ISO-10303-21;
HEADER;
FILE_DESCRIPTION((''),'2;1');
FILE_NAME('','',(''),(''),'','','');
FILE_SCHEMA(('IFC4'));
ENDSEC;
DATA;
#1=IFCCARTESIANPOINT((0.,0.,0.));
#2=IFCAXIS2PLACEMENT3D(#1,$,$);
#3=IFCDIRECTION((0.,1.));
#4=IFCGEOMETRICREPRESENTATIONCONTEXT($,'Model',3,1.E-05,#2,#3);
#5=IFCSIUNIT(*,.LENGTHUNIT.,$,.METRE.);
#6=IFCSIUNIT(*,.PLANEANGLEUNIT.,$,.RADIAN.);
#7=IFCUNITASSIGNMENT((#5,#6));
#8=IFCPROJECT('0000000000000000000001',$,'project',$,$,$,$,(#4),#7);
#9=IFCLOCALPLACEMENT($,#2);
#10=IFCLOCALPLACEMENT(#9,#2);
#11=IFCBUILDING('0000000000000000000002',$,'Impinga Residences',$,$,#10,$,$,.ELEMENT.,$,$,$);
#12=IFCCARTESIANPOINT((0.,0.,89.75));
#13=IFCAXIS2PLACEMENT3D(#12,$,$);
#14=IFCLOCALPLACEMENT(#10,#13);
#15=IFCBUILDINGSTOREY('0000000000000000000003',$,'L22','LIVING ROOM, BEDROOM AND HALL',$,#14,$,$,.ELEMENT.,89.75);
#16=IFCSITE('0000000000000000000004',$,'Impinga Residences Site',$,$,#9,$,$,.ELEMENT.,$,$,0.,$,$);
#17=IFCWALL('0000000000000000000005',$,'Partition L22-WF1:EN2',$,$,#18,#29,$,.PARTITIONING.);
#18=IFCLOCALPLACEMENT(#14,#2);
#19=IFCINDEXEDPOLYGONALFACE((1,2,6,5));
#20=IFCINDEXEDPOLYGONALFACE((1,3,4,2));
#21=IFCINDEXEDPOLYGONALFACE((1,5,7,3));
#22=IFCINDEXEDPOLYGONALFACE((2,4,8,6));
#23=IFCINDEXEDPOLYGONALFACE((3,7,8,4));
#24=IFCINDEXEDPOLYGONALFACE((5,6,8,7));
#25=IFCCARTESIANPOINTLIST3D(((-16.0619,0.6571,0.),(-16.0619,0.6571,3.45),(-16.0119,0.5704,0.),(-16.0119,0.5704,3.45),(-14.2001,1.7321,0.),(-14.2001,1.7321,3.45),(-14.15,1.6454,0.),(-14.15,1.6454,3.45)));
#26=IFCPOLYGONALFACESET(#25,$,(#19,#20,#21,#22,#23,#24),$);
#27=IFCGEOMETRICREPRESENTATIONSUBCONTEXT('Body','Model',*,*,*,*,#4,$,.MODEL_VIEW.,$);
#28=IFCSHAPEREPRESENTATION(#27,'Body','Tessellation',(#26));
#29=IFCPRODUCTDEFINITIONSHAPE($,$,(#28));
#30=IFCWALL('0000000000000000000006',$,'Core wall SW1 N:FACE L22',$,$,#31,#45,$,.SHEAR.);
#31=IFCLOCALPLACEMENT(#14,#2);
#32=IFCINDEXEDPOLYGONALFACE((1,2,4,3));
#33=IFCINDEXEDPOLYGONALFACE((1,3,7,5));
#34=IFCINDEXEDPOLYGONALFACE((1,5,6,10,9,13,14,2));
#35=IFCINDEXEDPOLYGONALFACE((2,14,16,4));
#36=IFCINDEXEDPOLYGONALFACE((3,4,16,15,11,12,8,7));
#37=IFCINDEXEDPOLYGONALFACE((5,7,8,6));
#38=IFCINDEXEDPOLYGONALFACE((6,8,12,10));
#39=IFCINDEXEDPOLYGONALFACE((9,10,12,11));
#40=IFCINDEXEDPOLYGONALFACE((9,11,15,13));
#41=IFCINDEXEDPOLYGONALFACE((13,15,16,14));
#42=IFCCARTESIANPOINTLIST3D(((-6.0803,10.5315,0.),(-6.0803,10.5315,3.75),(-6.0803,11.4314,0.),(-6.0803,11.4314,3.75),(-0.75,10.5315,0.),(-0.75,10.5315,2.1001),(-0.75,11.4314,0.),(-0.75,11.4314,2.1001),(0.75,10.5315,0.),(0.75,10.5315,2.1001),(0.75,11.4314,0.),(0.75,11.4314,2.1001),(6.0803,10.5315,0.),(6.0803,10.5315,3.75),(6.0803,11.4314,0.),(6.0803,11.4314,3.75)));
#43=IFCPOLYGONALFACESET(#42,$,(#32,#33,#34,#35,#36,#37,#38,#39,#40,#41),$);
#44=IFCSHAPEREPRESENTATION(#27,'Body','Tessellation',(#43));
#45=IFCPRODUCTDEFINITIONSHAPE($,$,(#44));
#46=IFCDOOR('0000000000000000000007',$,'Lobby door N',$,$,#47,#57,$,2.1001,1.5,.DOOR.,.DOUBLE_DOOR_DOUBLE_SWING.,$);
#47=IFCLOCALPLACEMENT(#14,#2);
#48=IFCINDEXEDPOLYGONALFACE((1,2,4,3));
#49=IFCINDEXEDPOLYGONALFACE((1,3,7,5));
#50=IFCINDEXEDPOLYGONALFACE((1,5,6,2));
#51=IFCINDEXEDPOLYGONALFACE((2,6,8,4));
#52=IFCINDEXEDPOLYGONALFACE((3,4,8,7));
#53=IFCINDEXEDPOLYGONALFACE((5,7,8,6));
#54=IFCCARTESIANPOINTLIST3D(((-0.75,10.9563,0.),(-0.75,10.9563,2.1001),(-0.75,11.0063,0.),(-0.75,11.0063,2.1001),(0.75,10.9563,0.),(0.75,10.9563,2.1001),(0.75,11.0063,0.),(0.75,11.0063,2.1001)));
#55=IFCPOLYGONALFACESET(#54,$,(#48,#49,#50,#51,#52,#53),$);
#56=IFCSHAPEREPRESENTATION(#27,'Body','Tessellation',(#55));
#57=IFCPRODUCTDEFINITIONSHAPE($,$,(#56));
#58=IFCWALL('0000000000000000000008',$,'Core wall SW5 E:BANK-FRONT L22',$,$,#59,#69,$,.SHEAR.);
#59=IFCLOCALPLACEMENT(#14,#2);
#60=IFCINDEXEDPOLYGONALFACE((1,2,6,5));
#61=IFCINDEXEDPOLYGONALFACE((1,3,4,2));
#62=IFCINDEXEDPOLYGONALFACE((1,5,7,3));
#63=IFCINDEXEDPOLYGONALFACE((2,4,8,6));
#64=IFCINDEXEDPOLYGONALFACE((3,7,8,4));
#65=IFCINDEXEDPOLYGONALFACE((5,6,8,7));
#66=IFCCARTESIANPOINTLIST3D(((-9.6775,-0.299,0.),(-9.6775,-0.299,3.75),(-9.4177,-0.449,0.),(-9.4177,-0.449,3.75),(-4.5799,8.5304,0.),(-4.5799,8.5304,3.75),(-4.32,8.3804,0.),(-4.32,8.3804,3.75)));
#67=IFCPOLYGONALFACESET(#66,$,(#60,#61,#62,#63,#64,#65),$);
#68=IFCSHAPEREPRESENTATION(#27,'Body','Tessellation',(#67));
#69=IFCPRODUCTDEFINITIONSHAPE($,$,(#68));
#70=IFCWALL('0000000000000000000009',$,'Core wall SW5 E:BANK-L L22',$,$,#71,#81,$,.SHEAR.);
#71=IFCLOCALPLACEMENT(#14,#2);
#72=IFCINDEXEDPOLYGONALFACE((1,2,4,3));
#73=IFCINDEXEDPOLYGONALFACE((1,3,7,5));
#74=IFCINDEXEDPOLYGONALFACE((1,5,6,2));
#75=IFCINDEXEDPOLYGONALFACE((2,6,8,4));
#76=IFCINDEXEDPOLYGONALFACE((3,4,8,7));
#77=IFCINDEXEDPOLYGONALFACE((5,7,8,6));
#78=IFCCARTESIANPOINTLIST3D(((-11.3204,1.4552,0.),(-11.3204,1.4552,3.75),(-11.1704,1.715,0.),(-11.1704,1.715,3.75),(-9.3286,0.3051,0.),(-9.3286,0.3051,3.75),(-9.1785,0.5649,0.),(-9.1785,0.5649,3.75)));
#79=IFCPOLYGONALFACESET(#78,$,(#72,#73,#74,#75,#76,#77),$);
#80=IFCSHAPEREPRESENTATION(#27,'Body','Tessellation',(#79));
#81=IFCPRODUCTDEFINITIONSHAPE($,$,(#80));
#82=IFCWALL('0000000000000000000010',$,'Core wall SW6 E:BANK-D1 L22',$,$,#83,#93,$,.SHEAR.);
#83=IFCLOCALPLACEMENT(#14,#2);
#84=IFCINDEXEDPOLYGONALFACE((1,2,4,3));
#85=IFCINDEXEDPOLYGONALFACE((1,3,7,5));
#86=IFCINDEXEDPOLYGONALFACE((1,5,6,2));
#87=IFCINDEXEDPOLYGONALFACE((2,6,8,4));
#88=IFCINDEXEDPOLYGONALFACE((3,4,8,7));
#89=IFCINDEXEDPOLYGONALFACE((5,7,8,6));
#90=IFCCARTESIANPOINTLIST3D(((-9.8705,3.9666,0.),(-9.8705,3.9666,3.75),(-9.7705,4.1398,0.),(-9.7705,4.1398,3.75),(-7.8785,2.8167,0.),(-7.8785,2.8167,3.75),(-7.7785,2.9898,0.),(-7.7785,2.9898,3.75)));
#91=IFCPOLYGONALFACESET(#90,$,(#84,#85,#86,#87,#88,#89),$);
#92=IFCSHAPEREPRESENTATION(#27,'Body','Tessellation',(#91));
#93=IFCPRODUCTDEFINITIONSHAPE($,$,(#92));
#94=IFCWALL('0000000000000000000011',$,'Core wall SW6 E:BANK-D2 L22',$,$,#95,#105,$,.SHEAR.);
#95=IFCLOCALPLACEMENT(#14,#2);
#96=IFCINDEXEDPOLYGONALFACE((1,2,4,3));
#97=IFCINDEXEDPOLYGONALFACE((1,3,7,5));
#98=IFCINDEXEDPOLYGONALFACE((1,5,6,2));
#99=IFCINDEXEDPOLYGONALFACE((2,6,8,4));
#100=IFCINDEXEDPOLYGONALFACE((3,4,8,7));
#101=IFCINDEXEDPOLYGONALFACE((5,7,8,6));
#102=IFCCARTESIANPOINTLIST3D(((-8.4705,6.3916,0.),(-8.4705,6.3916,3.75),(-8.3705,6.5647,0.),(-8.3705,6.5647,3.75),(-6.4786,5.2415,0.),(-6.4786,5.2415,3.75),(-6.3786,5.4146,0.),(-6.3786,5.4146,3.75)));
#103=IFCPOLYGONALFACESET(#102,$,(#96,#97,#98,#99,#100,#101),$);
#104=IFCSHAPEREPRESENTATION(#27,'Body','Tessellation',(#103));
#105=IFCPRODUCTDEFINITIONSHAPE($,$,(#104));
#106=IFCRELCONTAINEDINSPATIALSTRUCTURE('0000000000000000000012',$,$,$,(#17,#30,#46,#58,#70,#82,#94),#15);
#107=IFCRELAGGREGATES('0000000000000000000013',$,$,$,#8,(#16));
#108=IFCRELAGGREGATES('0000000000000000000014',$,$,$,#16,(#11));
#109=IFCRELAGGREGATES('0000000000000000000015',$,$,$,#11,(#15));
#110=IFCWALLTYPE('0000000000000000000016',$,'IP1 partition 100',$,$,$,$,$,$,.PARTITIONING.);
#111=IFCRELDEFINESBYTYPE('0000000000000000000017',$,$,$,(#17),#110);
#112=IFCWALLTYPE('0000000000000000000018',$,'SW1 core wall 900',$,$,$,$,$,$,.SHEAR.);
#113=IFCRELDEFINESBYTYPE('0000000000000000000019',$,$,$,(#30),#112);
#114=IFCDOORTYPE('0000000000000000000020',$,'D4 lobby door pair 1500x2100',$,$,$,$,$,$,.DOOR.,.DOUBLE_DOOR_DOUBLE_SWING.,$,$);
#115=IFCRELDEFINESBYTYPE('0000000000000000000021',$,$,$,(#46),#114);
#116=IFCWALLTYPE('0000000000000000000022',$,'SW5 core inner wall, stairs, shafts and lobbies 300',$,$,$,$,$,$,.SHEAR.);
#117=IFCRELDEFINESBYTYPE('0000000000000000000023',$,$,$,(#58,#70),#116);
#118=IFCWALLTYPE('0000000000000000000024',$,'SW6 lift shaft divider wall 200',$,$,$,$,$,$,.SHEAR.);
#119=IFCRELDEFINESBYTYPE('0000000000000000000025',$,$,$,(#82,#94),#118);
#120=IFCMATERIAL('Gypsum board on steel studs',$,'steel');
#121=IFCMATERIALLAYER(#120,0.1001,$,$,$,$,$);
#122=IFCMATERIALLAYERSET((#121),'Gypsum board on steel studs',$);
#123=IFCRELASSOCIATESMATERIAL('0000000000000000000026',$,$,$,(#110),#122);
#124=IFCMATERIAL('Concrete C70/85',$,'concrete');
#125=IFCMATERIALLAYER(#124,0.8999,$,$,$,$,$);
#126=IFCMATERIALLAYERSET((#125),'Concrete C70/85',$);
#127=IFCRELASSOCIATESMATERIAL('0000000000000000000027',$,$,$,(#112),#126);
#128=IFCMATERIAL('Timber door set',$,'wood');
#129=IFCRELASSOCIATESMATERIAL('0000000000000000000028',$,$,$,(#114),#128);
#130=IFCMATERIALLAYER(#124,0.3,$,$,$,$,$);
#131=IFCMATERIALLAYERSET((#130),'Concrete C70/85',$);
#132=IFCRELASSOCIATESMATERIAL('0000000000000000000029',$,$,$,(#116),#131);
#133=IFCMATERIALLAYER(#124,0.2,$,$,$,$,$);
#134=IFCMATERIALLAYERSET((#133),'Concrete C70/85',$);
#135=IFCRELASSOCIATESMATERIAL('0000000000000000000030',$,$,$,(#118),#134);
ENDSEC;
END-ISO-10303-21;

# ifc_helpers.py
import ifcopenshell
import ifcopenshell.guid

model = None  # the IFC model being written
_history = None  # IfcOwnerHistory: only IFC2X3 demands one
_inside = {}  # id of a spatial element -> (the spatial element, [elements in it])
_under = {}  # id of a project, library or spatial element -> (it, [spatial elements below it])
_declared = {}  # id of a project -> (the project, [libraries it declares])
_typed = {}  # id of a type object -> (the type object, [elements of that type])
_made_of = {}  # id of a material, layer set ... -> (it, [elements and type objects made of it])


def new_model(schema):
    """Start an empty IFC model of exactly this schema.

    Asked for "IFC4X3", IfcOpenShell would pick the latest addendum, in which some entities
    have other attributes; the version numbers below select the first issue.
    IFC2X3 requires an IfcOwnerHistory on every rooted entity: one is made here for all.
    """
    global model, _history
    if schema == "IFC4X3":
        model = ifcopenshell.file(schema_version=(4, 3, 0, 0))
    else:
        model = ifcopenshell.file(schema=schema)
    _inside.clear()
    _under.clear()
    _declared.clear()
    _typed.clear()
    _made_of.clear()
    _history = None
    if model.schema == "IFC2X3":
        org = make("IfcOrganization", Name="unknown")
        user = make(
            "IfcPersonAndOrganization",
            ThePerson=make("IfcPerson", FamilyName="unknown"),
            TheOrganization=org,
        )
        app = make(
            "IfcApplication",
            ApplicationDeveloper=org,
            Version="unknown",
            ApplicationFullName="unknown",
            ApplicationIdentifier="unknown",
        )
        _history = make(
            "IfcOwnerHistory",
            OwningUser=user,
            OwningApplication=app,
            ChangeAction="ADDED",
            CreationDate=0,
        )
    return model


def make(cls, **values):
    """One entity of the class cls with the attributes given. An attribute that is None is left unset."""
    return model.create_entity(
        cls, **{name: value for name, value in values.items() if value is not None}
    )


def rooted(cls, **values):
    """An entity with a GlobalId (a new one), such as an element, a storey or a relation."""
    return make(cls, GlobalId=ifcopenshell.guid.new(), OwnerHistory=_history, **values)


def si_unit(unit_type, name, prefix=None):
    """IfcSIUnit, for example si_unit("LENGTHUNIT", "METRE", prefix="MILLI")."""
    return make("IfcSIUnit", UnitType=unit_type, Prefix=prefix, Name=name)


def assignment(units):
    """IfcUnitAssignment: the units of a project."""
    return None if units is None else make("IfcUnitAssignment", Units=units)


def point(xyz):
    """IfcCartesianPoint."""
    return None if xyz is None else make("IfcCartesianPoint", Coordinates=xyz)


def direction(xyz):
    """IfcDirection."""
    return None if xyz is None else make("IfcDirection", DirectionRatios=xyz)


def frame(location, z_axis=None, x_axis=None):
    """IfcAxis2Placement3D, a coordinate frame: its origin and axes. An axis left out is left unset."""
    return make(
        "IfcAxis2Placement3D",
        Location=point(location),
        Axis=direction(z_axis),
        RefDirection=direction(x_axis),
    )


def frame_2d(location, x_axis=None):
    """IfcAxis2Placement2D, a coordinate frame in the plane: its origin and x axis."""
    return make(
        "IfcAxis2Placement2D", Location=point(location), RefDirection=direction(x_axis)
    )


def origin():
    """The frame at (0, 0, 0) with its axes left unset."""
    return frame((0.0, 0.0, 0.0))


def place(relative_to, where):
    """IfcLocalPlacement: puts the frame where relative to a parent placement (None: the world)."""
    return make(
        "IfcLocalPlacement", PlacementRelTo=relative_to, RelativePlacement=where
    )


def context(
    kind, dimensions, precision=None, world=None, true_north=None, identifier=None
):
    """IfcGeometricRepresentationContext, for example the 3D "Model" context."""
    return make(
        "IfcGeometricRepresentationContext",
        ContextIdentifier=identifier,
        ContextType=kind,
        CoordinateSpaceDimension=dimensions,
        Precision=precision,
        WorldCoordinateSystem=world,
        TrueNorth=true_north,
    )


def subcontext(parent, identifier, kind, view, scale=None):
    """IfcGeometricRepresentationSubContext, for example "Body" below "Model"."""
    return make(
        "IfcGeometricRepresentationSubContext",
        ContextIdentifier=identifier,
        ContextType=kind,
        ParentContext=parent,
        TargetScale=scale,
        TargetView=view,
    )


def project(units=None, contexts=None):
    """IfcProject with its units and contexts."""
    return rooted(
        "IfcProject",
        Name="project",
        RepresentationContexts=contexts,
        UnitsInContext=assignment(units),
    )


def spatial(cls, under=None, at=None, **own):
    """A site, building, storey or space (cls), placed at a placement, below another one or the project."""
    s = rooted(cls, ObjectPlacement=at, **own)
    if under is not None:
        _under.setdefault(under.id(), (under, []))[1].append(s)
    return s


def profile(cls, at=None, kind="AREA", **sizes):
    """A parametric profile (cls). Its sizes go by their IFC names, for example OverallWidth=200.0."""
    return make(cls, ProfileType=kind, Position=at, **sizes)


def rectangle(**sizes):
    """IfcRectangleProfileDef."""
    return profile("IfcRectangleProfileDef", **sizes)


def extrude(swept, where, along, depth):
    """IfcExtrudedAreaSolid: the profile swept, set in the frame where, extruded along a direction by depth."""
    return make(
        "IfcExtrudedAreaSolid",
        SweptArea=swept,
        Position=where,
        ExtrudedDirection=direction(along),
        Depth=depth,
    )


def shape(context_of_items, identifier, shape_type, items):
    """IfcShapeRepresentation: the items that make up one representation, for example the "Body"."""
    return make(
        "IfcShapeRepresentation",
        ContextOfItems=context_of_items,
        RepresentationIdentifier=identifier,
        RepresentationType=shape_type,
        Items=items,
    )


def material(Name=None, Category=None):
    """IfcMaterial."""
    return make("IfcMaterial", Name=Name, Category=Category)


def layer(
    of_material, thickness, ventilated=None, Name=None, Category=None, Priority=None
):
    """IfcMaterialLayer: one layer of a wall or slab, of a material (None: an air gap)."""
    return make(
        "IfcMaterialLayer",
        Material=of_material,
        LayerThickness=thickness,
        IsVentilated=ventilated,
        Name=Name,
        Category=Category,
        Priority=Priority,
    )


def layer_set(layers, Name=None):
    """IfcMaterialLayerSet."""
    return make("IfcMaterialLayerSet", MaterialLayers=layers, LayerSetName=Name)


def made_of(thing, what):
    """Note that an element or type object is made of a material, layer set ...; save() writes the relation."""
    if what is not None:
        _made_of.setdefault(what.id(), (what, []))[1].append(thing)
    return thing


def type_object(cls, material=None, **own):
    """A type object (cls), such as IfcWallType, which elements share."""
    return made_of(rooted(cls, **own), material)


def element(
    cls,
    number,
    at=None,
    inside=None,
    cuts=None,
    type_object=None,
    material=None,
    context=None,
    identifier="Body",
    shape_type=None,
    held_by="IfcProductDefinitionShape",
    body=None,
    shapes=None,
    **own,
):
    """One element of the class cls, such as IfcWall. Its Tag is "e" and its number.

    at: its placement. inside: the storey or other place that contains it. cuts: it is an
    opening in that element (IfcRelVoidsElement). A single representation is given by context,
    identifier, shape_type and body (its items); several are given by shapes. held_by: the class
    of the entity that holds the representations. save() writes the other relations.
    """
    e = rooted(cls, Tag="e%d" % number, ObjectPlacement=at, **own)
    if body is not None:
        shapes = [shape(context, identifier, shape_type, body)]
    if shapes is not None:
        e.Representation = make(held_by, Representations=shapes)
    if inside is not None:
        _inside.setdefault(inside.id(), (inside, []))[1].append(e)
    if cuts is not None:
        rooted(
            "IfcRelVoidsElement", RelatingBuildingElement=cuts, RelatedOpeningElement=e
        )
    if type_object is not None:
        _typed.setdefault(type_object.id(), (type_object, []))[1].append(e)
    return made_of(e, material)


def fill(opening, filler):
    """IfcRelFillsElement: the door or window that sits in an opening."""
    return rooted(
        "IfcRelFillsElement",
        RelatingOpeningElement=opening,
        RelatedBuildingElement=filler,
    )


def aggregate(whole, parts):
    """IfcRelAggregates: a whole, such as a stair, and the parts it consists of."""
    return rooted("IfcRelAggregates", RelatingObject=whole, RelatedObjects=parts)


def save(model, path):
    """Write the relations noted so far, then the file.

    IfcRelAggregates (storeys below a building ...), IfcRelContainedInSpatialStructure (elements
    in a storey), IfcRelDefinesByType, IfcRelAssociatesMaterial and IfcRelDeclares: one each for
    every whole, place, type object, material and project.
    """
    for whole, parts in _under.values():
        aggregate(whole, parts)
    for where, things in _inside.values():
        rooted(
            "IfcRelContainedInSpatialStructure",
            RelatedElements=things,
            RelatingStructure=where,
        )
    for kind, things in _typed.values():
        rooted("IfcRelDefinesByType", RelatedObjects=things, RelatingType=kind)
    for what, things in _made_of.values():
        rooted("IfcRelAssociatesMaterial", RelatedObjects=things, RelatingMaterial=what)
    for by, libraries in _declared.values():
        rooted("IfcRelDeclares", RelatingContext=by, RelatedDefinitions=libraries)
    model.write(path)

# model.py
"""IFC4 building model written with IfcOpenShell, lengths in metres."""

from ifc_helpers import new_model, si_unit, direction, frame, frame_2d, origin, place, context, subcontext, project, spatial, rectangle, extrude, material, layer, layer_set, type_object, element, fill, save


model = new_model("IFC4")

# Units and contexts
model_context = context("Model", 3, precision=1e-05, world=origin(), true_north=direction((0.0, 1.0)))
body_context = subcontext(model_context, "Body", "Model", "MODEL_VIEW")
ifc_project = project(units=[si_unit("LENGTHUNIT", "METRE"), si_unit("PLANEANGLEUNIT", "RADIAN")], contexts=[model_context])

# Site, building, storey
site_placement = place(None, origin())
site = spatial("IfcSite", under=ifc_project, at=site_placement, Name="Impinga Residences Site", CompositionType="ELEMENT", RefElevation=0.0)
building_placement = place(site_placement, origin())
building = spatial("IfcBuilding", under=site, at=building_placement, Name="Impinga Residences", CompositionType="ELEMENT")
storey_placement = place(building_placement, frame((0.0, 0.0, 89.75)))
storey = spatial("IfcBuildingStorey", under=building, at=storey_placement, Name="L22", Description="LIVING ROOM, BEDROOM AND HALL", CompositionType="ELEMENT", Elevation=89.75)

# Shared definitions
ifc_material_1 = material(Name="Concrete C70/85", Category="concrete")

# Shared definitions
ifc_material_2 = material(Name="Timber door set", Category="wood")

# Shared definitions
ifc_material_3 = material(Name="Gypsum board on steel studs", Category="steel")
ifc_layer_1 = layer(ifc_material_3, 0.1001)
ifc_layer_set_1 = layer_set([ifc_layer_1], Name="Gypsum board on steel studs")
wall_type_1 = type_object("IfcWallType", Name="IP1 partition 100", PredefinedType="PARTITIONING", material=ifc_layer_set_1)

# Wall
wall_1_placement = place(storey_placement, frame((-14.175, 1.6887, 0.0), z_axis=(0.0, 0.0, 1.0), x_axis=(-0.866019, -0.500011, 0.0)))
element("IfcWall", 1, at=wall_1_placement, inside=storey, type_object=wall_type_1, Name="Partition L22-WF1:EN2", PredefinedType="PARTITIONING", context=body_context, shape_type="SweptSolid", body=[
    extrude(rectangle(XDim=2.1499, YDim=0.1001, at=frame_2d((1.075, 0.0))), origin(), (0.0, 0.0, 1.0), 3.45),
])

# Wall, opening, door
ifc_layer_2 = layer(ifc_material_1, 0.8999)
ifc_layer_set_2 = layer_set([ifc_layer_2], Name="Concrete C70/85")
wall_type_2 = type_object("IfcWallType", Name="SW1 core wall 900", PredefinedType="SHEAR", material=ifc_layer_set_2)
wall_2_placement = place(storey_placement, frame((-6.0803, 10.9814, 0.0), z_axis=(0.0, 0.0, 1.0), x_axis=(1.0, 0.0, 0.0)))
wall_2 = element("IfcWall", 2, at=wall_2_placement, inside=storey, type_object=wall_type_2, Name="Core wall SW1 N:FACE L22", PredefinedType="SHEAR", context=body_context, shape_type="SweptSolid", body=[
    extrude(rectangle(XDim=12.1606, YDim=0.8999, at=frame_2d((6.0803, 0.0))), origin(), (0.0, 0.0, 1.0), 3.75),
])
opening_1_placement = place(wall_2_placement, frame((5.3303, 0.0, 0.0)))
opening_1 = element("IfcOpeningElement", 3, at=opening_1_placement, cuts=wall_2, PredefinedType="OPENING", context=body_context, shape_type="SweptSolid", body=[
    extrude(rectangle(XDim=1.5, YDim=2.1001, at=frame_2d((0.75, 1.05))), frame((0.0, 0.46, 0.0), z_axis=(0.0, -1.0, 0.0), x_axis=(1.0, 0.0, 0.0)), (0.0, 0.0, 1.0), 0.9199),
])
door_type_1 = type_object("IfcDoorType", Name="D4 lobby door pair 1500x2100", OperationType="DOUBLE_DOOR_DOUBLE_SWING", PredefinedType="DOOR", material=ifc_material_2)
door_1_placement = place(opening_1_placement, origin())
door_1 = element("IfcDoor", 4, at=door_1_placement, inside=storey, type_object=door_type_1, Name="Lobby door N", OperationType="DOUBLE_DOOR_DOUBLE_SWING", OverallHeight=2.1001, OverallWidth=1.5, PredefinedType="DOOR", context=body_context, shape_type="SweptSolid", body=[
    extrude(rectangle(XDim=1.5, YDim=2.1001, at=frame_2d((0.75, 1.05))), frame((0.0, 0.0249, 0.0), z_axis=(0.0, -1.0, 0.0), x_axis=(1.0, 0.0, 0.0)), (0.0, 0.0, 1.0), 0.05),
])
fill(opening_1, door_1)

# Walls
ifc_layer_3 = layer(ifc_material_1, 0.3)
ifc_layer_set_3 = layer_set([ifc_layer_3], Name="Concrete C70/85")
wall_type_3 = type_object("IfcWallType", Name="SW5 core inner wall, stairs, shafts and lobbies 300", PredefinedType="SHEAR", material=ifc_layer_set_3)
wall_3_placement = place(storey_placement, frame((-9.5476, -0.374, 0.0), z_axis=(0.0, 0.0, 1.0), x_axis=(0.500002, 0.866024, 0.0)))
element("IfcWall", 5, at=wall_3_placement, inside=storey, type_object=wall_type_3, Name="Core wall SW5 E:BANK-FRONT L22", PredefinedType="SHEAR", context=body_context, shape_type="SweptSolid", body=[
    extrude(rectangle(XDim=10.1953, YDim=0.3, at=frame_2d((5.0977, 0.0))), origin(), (0.0, 0.0, 1.0), 3.75),
])
wall_4_placement = place(storey_placement, frame((-9.2537, 0.4351, 0.0), z_axis=(0.0, 0.0, 1.0), x_axis=(-0.866007, 0.500032, 0.0)))
element("IfcWall", 6, at=wall_4_placement, inside=storey, type_object=wall_type_3, Name="Core wall SW5 E:BANK-L L22", PredefinedType="SHEAR", context=body_context, shape_type="SweptSolid", body=[
    extrude(rectangle(XDim=2.3, YDim=0.3, at=frame_2d((1.1499, 0.0))), origin(), (0.0, 0.0, 1.0), 3.75),
])
ifc_layer_4 = layer(ifc_material_1, 0.2)
ifc_layer_set_4 = layer_set([ifc_layer_4], Name="Concrete C70/85")
wall_type_4 = type_object("IfcWallType", Name="SW6 lift shaft divider wall 200", PredefinedType="SHEAR", material=ifc_layer_set_4)
for number, where, z_axis, x_axis, name in (
    (7, (-7.8286, 2.9033, 0.0), (0.0, 0.0, 1.0), (-0.866053, 0.499952, 0.0), "Core wall SW6 E:BANK-D1 L22"),
    (8, (-6.4287, 5.3281, 0.0), (0.0, 0.0, 1.0), (-0.866007, 0.500032, 0.0), "Core wall SW6 E:BANK-D2 L22"),
):
    element("IfcWall", number, at=place(storey_placement, frame(where, z_axis=z_axis, x_axis=x_axis)), inside=storey, type_object=wall_type_4, Name=name, PredefinedType="SHEAR", context=body_context, shape_type="SweptSolid", body=[
        extrude(rectangle(XDim=2.3, YDim=0.2, at=frame_2d((1.1499, 0.0))), origin(), (0.0, 0.0, 1.0), 3.75),
    ])

save(model, "model.ifc")
